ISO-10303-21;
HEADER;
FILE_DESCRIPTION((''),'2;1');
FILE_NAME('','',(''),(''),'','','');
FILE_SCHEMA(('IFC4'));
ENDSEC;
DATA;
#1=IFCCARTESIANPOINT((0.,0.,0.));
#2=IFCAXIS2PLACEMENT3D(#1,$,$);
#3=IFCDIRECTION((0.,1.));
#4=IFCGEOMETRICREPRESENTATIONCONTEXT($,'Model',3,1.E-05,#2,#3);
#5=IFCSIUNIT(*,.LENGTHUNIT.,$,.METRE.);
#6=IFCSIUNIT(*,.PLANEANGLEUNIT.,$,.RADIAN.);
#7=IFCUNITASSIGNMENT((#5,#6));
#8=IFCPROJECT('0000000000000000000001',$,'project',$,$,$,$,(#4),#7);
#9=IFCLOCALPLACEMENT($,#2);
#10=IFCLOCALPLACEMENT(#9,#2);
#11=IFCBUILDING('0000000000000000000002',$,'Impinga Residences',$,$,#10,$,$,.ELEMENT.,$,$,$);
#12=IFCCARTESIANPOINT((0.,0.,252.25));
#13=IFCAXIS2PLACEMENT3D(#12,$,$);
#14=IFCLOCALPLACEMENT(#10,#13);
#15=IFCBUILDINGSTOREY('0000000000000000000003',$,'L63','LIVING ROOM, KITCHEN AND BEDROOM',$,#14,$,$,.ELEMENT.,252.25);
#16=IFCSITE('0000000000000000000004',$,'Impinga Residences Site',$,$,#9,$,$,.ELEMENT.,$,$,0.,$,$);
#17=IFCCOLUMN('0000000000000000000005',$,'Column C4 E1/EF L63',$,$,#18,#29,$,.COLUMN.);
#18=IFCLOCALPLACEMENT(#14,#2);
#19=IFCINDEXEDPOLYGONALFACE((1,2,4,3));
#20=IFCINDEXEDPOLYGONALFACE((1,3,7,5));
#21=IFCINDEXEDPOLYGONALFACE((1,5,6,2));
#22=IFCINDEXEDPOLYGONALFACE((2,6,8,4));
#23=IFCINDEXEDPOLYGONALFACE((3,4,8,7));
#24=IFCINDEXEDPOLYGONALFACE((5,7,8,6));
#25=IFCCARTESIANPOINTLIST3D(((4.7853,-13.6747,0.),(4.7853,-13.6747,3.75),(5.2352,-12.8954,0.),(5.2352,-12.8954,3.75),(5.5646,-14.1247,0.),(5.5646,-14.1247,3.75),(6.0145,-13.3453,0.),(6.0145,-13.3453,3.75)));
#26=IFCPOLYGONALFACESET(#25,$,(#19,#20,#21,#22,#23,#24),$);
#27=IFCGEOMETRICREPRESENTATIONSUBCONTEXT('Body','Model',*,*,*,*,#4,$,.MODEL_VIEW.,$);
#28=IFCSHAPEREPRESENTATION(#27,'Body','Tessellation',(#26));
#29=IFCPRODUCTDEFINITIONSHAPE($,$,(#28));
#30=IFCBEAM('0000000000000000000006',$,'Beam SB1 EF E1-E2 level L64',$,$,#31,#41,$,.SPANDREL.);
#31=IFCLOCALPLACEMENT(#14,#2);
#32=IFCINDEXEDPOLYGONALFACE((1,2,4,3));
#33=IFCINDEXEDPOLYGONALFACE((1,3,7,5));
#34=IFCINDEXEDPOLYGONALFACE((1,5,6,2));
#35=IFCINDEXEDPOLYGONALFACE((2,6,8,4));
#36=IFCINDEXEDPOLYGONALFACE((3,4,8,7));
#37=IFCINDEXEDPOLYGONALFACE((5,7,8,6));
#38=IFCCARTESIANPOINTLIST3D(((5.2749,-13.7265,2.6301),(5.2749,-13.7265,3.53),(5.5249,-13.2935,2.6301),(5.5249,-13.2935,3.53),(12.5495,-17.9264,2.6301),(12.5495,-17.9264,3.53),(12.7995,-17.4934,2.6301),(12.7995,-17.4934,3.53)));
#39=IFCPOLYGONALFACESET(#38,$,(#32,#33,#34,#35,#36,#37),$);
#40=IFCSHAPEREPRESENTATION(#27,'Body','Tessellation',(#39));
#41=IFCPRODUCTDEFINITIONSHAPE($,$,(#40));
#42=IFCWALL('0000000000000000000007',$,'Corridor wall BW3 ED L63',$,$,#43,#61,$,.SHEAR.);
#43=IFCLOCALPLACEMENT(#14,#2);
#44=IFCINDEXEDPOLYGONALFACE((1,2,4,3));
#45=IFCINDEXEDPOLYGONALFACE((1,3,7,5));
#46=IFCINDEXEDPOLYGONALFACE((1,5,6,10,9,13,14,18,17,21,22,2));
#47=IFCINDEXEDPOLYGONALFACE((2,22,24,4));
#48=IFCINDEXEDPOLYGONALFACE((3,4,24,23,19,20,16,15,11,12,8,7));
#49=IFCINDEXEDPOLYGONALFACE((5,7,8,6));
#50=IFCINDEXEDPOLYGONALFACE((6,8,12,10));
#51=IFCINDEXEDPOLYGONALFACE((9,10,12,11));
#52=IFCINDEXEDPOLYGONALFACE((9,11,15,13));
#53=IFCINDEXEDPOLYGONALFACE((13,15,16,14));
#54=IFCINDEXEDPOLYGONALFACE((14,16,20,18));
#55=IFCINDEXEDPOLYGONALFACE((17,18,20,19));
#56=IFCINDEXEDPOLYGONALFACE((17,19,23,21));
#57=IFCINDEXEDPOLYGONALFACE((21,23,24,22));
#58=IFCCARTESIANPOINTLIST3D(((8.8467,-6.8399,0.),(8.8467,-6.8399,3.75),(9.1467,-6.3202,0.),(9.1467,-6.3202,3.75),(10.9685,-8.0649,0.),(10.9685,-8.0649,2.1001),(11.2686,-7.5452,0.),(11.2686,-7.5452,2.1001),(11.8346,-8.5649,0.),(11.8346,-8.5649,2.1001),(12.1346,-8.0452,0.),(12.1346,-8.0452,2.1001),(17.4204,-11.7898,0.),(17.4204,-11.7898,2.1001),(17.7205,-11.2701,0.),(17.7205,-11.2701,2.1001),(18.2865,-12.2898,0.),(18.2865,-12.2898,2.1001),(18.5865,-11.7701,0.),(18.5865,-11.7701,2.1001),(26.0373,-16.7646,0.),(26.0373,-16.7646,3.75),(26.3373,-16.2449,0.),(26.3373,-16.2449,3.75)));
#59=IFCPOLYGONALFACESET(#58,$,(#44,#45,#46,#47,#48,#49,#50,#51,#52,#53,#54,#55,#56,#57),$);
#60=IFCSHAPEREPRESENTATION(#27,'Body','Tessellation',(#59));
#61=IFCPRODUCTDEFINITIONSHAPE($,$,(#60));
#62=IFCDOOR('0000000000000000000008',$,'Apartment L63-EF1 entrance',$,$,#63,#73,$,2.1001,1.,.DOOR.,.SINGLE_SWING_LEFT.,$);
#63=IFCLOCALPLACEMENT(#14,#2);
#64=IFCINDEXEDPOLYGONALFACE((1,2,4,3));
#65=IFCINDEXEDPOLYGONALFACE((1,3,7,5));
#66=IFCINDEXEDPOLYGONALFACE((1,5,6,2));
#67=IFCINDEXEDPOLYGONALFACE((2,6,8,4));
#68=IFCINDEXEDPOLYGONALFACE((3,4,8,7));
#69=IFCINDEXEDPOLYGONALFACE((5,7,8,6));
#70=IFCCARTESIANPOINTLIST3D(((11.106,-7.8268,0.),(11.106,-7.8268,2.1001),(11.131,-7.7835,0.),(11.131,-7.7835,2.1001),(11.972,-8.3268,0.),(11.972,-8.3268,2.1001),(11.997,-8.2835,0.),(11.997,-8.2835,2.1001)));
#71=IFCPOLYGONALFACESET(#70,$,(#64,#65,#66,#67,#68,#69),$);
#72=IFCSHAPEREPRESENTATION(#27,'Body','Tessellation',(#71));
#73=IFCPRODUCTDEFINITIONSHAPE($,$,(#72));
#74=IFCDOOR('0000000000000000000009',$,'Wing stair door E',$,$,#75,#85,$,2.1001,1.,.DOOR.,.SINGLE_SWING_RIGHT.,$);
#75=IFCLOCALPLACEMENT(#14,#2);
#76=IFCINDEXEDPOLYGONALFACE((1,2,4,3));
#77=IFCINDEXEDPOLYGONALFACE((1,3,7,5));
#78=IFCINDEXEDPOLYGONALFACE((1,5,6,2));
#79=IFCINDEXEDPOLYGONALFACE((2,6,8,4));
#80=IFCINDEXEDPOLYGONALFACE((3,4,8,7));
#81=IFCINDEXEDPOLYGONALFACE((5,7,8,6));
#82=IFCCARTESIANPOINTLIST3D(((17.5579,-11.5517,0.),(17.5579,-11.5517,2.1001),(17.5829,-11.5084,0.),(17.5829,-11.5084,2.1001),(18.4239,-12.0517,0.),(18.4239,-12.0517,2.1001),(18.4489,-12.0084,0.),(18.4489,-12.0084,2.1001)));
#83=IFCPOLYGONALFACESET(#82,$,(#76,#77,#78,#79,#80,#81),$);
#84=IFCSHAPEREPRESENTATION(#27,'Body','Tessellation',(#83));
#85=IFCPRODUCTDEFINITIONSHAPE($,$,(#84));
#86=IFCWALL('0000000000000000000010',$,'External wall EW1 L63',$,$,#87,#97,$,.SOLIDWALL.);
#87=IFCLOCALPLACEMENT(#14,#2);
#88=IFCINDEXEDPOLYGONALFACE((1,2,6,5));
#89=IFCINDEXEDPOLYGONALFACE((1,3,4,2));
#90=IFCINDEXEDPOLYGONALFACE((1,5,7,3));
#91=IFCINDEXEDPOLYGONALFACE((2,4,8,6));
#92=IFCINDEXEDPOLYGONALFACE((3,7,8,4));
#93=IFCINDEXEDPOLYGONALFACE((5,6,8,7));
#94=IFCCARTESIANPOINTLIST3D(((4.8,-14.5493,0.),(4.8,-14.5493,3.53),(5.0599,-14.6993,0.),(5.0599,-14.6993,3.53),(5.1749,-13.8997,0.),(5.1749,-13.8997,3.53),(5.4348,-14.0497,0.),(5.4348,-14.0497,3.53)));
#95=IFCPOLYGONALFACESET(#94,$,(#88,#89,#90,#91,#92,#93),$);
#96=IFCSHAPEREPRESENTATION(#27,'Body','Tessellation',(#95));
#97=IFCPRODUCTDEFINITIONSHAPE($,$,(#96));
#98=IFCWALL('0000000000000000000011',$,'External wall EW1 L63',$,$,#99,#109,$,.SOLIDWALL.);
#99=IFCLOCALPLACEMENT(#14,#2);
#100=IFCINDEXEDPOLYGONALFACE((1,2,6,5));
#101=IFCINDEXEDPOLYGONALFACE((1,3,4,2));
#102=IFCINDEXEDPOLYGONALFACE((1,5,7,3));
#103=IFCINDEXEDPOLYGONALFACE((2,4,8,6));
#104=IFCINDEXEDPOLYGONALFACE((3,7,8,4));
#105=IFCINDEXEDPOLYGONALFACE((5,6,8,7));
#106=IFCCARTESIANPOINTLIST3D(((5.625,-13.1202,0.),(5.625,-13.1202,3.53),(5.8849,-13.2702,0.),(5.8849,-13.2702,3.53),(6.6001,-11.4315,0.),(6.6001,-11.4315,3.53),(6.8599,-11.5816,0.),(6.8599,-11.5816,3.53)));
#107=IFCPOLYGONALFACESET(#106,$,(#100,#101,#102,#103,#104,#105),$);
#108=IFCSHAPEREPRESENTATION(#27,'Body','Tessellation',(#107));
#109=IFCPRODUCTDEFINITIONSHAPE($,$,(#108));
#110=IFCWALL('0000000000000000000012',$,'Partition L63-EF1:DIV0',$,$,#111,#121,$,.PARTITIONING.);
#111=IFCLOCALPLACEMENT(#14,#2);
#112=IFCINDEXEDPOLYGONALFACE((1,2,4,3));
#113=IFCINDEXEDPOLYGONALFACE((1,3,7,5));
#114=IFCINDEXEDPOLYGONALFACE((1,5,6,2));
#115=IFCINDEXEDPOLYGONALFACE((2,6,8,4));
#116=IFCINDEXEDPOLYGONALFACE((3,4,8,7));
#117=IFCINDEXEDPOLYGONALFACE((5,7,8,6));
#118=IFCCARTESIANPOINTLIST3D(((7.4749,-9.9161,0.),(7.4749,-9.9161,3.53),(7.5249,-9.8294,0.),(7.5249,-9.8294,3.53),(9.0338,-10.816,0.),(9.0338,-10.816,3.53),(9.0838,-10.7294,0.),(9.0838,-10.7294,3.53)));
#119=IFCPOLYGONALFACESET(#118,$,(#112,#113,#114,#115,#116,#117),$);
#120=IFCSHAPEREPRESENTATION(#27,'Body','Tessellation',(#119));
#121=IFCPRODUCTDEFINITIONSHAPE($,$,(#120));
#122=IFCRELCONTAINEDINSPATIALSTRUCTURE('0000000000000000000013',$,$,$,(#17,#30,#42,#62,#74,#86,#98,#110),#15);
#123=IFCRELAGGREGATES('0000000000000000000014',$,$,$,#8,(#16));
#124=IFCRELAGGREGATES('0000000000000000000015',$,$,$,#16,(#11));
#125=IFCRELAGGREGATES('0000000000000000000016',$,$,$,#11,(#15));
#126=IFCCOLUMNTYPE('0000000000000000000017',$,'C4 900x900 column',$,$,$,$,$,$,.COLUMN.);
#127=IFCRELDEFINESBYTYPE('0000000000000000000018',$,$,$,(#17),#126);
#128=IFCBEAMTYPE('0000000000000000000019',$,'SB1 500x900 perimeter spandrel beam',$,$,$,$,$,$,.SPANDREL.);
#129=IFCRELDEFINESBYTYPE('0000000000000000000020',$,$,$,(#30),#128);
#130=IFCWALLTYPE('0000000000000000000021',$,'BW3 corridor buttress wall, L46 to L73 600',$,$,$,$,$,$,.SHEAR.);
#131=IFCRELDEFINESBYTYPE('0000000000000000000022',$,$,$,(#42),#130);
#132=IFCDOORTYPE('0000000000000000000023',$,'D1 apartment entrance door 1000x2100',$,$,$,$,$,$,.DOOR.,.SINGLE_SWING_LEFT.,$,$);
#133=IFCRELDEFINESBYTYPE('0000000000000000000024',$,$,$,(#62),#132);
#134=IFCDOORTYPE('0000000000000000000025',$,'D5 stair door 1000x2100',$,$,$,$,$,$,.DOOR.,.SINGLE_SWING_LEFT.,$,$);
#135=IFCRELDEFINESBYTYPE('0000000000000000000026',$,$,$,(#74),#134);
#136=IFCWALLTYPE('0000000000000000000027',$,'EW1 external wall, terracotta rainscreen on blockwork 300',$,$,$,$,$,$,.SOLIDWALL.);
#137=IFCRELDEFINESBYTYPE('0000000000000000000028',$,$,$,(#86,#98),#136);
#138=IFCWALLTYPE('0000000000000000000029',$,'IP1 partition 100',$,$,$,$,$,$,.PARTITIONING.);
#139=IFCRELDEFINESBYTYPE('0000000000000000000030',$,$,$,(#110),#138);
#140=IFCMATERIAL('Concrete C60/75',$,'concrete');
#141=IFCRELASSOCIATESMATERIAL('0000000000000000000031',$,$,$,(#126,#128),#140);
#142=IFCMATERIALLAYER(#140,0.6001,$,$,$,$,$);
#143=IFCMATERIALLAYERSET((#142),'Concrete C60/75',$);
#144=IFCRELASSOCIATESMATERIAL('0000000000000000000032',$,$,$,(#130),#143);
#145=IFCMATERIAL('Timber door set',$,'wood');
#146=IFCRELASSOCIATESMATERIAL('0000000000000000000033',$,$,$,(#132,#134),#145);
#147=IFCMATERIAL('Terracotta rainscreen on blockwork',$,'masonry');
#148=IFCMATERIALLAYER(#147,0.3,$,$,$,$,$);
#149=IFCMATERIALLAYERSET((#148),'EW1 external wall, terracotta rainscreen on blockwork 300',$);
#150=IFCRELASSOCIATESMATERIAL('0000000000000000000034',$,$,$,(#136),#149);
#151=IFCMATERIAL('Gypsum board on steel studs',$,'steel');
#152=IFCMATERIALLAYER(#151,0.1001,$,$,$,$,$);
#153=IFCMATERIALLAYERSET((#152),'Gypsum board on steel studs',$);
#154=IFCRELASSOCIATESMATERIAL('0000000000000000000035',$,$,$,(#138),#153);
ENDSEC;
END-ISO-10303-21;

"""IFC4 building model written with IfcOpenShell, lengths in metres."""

from ifc_helpers import new_model, si_unit, direction, frame, frame_2d, origin, origin_2d, place, context, subcontext, project, spatial, rectangle, extrude, material, layer, layer_set, material_profile, profile_set, type_object, element, fill, save


model = new_model("IFC4")

# Units and contexts
model_context = context("Model", 3, precision=1e-05, world=origin(), true_north=direction((0.0, 1.0)))
body_context = subcontext(model_context, "Body", "Model", "MODEL_VIEW")
ifc_project = project(units=[si_unit("LENGTHUNIT", "METRE"), si_unit("PLANEANGLEUNIT", "RADIAN")], contexts=[model_context])

# Site, building, storey
site_placement = place(None, origin())
site = spatial("IfcSite", under=ifc_project, at=site_placement, Name="Impinga Residences Site", CompositionType="ELEMENT", RefElevation=0.0)
building_placement = place(site_placement, origin())
building = spatial("IfcBuilding", under=site, at=building_placement, Name="Impinga Residences", CompositionType="ELEMENT")
storey_placement = place(building_placement, frame((0.0, 0.0, 252.25)))
storey = spatial("IfcBuildingStorey", under=building, at=storey_placement, Name="L63", Description="LIVING ROOM, KITCHEN AND BEDROOM", CompositionType="ELEMENT", Elevation=252.25)

# Column
ifc_material_1 = material(Name="Concrete C60/75", Category="concrete")
ifc_material_profile_1 = material_profile(ifc_material_1, rectangle(XDim=0.8999, YDim=0.8999, at=origin_2d()), Name="RC 900x900")
ifc_profile_set_1 = profile_set([ifc_material_profile_1], Name="Concrete C60/75")
column_type = type_object("IfcColumnType", Name="C4 900x900 column", PredefinedType="COLUMN", material=ifc_profile_set_1)
column_placement = place(storey_placement, frame((5.3999, -13.51, 0.0), z_axis=(0.0, 0.0, 1.0), x_axis=(-0.5, -0.866025, 0.0)))
element("IfcColumn", 1, at=column_placement, inside=storey, type_object=column_type, Name="Column C4 E1/EF L63", PredefinedType="COLUMN", context=body_context, shape_type="SweptSolid", body=[
    extrude(rectangle(XDim=0.8999, YDim=0.8999, at=origin_2d()), origin(), (0.0, 0.0, 1.0), 3.75),
])

# Beam
ifc_material_profile_2 = material_profile(ifc_material_1, rectangle(XDim=0.5, YDim=0.8999, at=origin_2d()), Name="RC 500x900")
ifc_profile_set_2 = profile_set([ifc_material_profile_2], Name="Concrete C60/75")
beam_type = type_object("IfcBeamType", Name="SB1 500x900 perimeter spandrel beam", PredefinedType="SPANDREL", material=ifc_profile_set_2)
beam_placement = place(storey_placement, frame((5.3999, -13.51, 3.0801), z_axis=(0.866029, -0.499993, 0.0), x_axis=(0.499993, 0.866029, 0.0)))
element("IfcBeam", 2, at=beam_placement, inside=storey, type_object=beam_type, Name="Beam SB1 EF E1-E2 level L64", PredefinedType="SPANDREL", context=body_context, shape_type="SweptSolid", body=[
    extrude(rectangle(XDim=0.5, YDim=0.8999, at=origin_2d()), origin(), (0.0, 0.0, 1.0), 8.3999),
])

# Wall, openings, doors
ifc_layer_1 = layer(ifc_material_1, 0.6001)
ifc_layer_set_1 = layer_set([ifc_layer_1], Name="Concrete C60/75")
wall_type_1 = type_object("IfcWallType", Name="BW3 corridor buttress wall, L46 to L73 600", PredefinedType="SHEAR", material=ifc_layer_set_1)
wall_1_placement = place(storey_placement, frame((8.9968, -6.5801, 0.0), z_axis=(0.0, 0.0, 1.0), x_axis=(0.866031, -0.499991, 0.0)))
wall_1 = element("IfcWall", 3, at=wall_1_placement, inside=storey, type_object=wall_type_1, Name="Corridor wall BW3 ED L63", PredefinedType="SHEAR", context=body_context, shape_type="SweptSolid", body=[
    extrude(rectangle(XDim=19.8499, YDim=0.6001, at=frame_2d((9.9248, 0.0))), origin(), (0.0, 0.0, 1.0), 3.75),
])
opening_1_placement = place(wall_1_placement, frame((9.8999, 0.0, 0.0)))
opening_1 = element("IfcOpeningElement", 4, at=opening_1_placement, cuts=wall_1, PredefinedType="OPENING", context=body_context, shape_type="SweptSolid", body=[
    extrude(rectangle(XDim=1.0, YDim=2.1001, at=frame_2d((0.5, 1.05))), frame((0.0, 0.3101, 0.0), z_axis=(0.0, -1.0, 0.0), x_axis=(1.0, 0.0, 0.0)), (0.0, 0.0, 1.0), 0.6201),
])
opening_2_placement = place(wall_1_placement, frame((2.45, 0.0, 0.0)))
opening_2 = element("IfcOpeningElement", 5, at=opening_2_placement, cuts=wall_1, PredefinedType="OPENING", context=body_context, shape_type="SweptSolid", body=[
    extrude(rectangle(XDim=1.0, YDim=2.1001, at=frame_2d((0.5, 1.05))), frame((0.0, 0.3101, 0.0), z_axis=(0.0, -1.0, 0.0), x_axis=(1.0, 0.0, 0.0)), (0.0, 0.0, 1.0), 0.6201),
])
ifc_material_2 = material(Name="Timber door set", Category="wood")
door_type_1 = type_object("IfcDoorType", Name="D1 apartment entrance door 1000x2100", OperationType="SINGLE_SWING_LEFT", PredefinedType="DOOR", material=ifc_material_2)
door_1_placement = place(opening_2_placement, origin())
door_1 = element("IfcDoor", 6, at=door_1_placement, inside=storey, type_object=door_type_1, Name="Apartment L63-EF1 entrance", OperationType="SINGLE_SWING_LEFT", OverallHeight=2.1001, OverallWidth=1.0, PredefinedType="DOOR", context=body_context, shape_type="SweptSolid", body=[
    extrude(rectangle(XDim=1.0, YDim=2.1001, at=frame_2d((0.5, 1.05))), frame((0.0, 0.0249, 0.0), z_axis=(0.0, -1.0, 0.0), x_axis=(1.0, 0.0, 0.0)), (0.0, 0.0, 1.0), 0.05),
])
fill(opening_2, door_1)
door_type_2 = type_object("IfcDoorType", Name="D5 stair door 1000x2100", OperationType="SINGLE_SWING_LEFT", PredefinedType="DOOR", material=ifc_material_2)
door_2_placement = place(opening_1_placement, origin())
door_2 = element("IfcDoor", 7, at=door_2_placement, inside=storey, type_object=door_type_2, Name="Wing stair door E", OperationType="SINGLE_SWING_RIGHT", OverallHeight=2.1001, OverallWidth=1.0, PredefinedType="DOOR", context=body_context, shape_type="SweptSolid", body=[
    extrude(rectangle(XDim=1.0, YDim=2.1001, at=frame_2d((0.5, 1.05))), frame((0.0, 0.0249, 0.0), z_axis=(0.0, -1.0, 0.0), x_axis=(1.0, 0.0, 0.0)), (0.0, 0.0, 1.0), 0.05),
])
fill(opening_1, door_2)

# Walls
ifc_material_3 = material(Name="Terracotta rainscreen on blockwork", Category="masonry")
ifc_layer_2 = layer(ifc_material_3, 0.3)
ifc_layer_set_2 = layer_set([ifc_layer_2], Name="EW1 external wall, terracotta rainscreen on blockwork 300")
wall_type_2 = type_object("IfcWallType", Name="EW1 external wall, terracotta rainscreen on blockwork 300", PredefinedType="SOLIDWALL", material=ifc_layer_set_2)
wall_2_placement = place(storey_placement, frame((4.9299, -14.6243, 0.0), z_axis=(0.0, 0.0, 1.0), x_axis=(0.49992, 0.866072, 0.0)))
element("IfcWall", 8, at=wall_2_placement, inside=storey, type_object=wall_type_2, Name="External wall EW1 L63", PredefinedType="SOLIDWALL", context=body_context, shape_type="SweptSolid", body=[
    extrude(rectangle(XDim=0.75, YDim=0.3, at=frame_2d((0.375, 0.0))), origin(), (0.0, 0.0, 1.0), 3.53),
])
wall_3_placement = place(storey_placement, frame((5.7549, -13.1953, 0.0), z_axis=(0.0, 0.0, 1.0), x_axis=(0.500044, 0.866, 0.0)))
element("IfcWall", 9, at=wall_3_placement, inside=storey, type_object=wall_type_2, Name="External wall EW1 L63", PredefinedType="SOLIDWALL", context=body_context, shape_type="SweptSolid", body=[
    extrude(rectangle(XDim=1.95, YDim=0.3, at=frame_2d((0.9751, 0.0))), origin(), (0.0, 0.0, 1.0), 3.53),
])
ifc_material_4 = material(Name="Gypsum board on steel studs", Category="steel")
ifc_layer_3 = layer(ifc_material_4, 0.1001)
ifc_layer_set_3 = layer_set([ifc_layer_3], Name="Gypsum board on steel studs")
wall_type_3 = type_object("IfcWallType", Name="IP1 partition 100", PredefinedType="PARTITIONING", material=ifc_layer_set_3)
wall_4_placement = place(storey_placement, frame((7.5, -9.8728, 0.0), z_axis=(0.0, 0.0, 1.0), x_axis=(0.866048, -0.499961, 0.0)))
element("IfcWall", 10, at=wall_4_placement, inside=storey, type_object=wall_type_3, Name="Partition L63-EF1:DIV0", PredefinedType="PARTITIONING", context=body_context, shape_type="SweptSolid", body=[
    extrude(rectangle(XDim=1.8, YDim=0.1001, at=frame_2d((0.8999, 0.0))), origin(), (0.0, 0.0, 1.0), 3.53),
])

save(model, "model.ifc")
